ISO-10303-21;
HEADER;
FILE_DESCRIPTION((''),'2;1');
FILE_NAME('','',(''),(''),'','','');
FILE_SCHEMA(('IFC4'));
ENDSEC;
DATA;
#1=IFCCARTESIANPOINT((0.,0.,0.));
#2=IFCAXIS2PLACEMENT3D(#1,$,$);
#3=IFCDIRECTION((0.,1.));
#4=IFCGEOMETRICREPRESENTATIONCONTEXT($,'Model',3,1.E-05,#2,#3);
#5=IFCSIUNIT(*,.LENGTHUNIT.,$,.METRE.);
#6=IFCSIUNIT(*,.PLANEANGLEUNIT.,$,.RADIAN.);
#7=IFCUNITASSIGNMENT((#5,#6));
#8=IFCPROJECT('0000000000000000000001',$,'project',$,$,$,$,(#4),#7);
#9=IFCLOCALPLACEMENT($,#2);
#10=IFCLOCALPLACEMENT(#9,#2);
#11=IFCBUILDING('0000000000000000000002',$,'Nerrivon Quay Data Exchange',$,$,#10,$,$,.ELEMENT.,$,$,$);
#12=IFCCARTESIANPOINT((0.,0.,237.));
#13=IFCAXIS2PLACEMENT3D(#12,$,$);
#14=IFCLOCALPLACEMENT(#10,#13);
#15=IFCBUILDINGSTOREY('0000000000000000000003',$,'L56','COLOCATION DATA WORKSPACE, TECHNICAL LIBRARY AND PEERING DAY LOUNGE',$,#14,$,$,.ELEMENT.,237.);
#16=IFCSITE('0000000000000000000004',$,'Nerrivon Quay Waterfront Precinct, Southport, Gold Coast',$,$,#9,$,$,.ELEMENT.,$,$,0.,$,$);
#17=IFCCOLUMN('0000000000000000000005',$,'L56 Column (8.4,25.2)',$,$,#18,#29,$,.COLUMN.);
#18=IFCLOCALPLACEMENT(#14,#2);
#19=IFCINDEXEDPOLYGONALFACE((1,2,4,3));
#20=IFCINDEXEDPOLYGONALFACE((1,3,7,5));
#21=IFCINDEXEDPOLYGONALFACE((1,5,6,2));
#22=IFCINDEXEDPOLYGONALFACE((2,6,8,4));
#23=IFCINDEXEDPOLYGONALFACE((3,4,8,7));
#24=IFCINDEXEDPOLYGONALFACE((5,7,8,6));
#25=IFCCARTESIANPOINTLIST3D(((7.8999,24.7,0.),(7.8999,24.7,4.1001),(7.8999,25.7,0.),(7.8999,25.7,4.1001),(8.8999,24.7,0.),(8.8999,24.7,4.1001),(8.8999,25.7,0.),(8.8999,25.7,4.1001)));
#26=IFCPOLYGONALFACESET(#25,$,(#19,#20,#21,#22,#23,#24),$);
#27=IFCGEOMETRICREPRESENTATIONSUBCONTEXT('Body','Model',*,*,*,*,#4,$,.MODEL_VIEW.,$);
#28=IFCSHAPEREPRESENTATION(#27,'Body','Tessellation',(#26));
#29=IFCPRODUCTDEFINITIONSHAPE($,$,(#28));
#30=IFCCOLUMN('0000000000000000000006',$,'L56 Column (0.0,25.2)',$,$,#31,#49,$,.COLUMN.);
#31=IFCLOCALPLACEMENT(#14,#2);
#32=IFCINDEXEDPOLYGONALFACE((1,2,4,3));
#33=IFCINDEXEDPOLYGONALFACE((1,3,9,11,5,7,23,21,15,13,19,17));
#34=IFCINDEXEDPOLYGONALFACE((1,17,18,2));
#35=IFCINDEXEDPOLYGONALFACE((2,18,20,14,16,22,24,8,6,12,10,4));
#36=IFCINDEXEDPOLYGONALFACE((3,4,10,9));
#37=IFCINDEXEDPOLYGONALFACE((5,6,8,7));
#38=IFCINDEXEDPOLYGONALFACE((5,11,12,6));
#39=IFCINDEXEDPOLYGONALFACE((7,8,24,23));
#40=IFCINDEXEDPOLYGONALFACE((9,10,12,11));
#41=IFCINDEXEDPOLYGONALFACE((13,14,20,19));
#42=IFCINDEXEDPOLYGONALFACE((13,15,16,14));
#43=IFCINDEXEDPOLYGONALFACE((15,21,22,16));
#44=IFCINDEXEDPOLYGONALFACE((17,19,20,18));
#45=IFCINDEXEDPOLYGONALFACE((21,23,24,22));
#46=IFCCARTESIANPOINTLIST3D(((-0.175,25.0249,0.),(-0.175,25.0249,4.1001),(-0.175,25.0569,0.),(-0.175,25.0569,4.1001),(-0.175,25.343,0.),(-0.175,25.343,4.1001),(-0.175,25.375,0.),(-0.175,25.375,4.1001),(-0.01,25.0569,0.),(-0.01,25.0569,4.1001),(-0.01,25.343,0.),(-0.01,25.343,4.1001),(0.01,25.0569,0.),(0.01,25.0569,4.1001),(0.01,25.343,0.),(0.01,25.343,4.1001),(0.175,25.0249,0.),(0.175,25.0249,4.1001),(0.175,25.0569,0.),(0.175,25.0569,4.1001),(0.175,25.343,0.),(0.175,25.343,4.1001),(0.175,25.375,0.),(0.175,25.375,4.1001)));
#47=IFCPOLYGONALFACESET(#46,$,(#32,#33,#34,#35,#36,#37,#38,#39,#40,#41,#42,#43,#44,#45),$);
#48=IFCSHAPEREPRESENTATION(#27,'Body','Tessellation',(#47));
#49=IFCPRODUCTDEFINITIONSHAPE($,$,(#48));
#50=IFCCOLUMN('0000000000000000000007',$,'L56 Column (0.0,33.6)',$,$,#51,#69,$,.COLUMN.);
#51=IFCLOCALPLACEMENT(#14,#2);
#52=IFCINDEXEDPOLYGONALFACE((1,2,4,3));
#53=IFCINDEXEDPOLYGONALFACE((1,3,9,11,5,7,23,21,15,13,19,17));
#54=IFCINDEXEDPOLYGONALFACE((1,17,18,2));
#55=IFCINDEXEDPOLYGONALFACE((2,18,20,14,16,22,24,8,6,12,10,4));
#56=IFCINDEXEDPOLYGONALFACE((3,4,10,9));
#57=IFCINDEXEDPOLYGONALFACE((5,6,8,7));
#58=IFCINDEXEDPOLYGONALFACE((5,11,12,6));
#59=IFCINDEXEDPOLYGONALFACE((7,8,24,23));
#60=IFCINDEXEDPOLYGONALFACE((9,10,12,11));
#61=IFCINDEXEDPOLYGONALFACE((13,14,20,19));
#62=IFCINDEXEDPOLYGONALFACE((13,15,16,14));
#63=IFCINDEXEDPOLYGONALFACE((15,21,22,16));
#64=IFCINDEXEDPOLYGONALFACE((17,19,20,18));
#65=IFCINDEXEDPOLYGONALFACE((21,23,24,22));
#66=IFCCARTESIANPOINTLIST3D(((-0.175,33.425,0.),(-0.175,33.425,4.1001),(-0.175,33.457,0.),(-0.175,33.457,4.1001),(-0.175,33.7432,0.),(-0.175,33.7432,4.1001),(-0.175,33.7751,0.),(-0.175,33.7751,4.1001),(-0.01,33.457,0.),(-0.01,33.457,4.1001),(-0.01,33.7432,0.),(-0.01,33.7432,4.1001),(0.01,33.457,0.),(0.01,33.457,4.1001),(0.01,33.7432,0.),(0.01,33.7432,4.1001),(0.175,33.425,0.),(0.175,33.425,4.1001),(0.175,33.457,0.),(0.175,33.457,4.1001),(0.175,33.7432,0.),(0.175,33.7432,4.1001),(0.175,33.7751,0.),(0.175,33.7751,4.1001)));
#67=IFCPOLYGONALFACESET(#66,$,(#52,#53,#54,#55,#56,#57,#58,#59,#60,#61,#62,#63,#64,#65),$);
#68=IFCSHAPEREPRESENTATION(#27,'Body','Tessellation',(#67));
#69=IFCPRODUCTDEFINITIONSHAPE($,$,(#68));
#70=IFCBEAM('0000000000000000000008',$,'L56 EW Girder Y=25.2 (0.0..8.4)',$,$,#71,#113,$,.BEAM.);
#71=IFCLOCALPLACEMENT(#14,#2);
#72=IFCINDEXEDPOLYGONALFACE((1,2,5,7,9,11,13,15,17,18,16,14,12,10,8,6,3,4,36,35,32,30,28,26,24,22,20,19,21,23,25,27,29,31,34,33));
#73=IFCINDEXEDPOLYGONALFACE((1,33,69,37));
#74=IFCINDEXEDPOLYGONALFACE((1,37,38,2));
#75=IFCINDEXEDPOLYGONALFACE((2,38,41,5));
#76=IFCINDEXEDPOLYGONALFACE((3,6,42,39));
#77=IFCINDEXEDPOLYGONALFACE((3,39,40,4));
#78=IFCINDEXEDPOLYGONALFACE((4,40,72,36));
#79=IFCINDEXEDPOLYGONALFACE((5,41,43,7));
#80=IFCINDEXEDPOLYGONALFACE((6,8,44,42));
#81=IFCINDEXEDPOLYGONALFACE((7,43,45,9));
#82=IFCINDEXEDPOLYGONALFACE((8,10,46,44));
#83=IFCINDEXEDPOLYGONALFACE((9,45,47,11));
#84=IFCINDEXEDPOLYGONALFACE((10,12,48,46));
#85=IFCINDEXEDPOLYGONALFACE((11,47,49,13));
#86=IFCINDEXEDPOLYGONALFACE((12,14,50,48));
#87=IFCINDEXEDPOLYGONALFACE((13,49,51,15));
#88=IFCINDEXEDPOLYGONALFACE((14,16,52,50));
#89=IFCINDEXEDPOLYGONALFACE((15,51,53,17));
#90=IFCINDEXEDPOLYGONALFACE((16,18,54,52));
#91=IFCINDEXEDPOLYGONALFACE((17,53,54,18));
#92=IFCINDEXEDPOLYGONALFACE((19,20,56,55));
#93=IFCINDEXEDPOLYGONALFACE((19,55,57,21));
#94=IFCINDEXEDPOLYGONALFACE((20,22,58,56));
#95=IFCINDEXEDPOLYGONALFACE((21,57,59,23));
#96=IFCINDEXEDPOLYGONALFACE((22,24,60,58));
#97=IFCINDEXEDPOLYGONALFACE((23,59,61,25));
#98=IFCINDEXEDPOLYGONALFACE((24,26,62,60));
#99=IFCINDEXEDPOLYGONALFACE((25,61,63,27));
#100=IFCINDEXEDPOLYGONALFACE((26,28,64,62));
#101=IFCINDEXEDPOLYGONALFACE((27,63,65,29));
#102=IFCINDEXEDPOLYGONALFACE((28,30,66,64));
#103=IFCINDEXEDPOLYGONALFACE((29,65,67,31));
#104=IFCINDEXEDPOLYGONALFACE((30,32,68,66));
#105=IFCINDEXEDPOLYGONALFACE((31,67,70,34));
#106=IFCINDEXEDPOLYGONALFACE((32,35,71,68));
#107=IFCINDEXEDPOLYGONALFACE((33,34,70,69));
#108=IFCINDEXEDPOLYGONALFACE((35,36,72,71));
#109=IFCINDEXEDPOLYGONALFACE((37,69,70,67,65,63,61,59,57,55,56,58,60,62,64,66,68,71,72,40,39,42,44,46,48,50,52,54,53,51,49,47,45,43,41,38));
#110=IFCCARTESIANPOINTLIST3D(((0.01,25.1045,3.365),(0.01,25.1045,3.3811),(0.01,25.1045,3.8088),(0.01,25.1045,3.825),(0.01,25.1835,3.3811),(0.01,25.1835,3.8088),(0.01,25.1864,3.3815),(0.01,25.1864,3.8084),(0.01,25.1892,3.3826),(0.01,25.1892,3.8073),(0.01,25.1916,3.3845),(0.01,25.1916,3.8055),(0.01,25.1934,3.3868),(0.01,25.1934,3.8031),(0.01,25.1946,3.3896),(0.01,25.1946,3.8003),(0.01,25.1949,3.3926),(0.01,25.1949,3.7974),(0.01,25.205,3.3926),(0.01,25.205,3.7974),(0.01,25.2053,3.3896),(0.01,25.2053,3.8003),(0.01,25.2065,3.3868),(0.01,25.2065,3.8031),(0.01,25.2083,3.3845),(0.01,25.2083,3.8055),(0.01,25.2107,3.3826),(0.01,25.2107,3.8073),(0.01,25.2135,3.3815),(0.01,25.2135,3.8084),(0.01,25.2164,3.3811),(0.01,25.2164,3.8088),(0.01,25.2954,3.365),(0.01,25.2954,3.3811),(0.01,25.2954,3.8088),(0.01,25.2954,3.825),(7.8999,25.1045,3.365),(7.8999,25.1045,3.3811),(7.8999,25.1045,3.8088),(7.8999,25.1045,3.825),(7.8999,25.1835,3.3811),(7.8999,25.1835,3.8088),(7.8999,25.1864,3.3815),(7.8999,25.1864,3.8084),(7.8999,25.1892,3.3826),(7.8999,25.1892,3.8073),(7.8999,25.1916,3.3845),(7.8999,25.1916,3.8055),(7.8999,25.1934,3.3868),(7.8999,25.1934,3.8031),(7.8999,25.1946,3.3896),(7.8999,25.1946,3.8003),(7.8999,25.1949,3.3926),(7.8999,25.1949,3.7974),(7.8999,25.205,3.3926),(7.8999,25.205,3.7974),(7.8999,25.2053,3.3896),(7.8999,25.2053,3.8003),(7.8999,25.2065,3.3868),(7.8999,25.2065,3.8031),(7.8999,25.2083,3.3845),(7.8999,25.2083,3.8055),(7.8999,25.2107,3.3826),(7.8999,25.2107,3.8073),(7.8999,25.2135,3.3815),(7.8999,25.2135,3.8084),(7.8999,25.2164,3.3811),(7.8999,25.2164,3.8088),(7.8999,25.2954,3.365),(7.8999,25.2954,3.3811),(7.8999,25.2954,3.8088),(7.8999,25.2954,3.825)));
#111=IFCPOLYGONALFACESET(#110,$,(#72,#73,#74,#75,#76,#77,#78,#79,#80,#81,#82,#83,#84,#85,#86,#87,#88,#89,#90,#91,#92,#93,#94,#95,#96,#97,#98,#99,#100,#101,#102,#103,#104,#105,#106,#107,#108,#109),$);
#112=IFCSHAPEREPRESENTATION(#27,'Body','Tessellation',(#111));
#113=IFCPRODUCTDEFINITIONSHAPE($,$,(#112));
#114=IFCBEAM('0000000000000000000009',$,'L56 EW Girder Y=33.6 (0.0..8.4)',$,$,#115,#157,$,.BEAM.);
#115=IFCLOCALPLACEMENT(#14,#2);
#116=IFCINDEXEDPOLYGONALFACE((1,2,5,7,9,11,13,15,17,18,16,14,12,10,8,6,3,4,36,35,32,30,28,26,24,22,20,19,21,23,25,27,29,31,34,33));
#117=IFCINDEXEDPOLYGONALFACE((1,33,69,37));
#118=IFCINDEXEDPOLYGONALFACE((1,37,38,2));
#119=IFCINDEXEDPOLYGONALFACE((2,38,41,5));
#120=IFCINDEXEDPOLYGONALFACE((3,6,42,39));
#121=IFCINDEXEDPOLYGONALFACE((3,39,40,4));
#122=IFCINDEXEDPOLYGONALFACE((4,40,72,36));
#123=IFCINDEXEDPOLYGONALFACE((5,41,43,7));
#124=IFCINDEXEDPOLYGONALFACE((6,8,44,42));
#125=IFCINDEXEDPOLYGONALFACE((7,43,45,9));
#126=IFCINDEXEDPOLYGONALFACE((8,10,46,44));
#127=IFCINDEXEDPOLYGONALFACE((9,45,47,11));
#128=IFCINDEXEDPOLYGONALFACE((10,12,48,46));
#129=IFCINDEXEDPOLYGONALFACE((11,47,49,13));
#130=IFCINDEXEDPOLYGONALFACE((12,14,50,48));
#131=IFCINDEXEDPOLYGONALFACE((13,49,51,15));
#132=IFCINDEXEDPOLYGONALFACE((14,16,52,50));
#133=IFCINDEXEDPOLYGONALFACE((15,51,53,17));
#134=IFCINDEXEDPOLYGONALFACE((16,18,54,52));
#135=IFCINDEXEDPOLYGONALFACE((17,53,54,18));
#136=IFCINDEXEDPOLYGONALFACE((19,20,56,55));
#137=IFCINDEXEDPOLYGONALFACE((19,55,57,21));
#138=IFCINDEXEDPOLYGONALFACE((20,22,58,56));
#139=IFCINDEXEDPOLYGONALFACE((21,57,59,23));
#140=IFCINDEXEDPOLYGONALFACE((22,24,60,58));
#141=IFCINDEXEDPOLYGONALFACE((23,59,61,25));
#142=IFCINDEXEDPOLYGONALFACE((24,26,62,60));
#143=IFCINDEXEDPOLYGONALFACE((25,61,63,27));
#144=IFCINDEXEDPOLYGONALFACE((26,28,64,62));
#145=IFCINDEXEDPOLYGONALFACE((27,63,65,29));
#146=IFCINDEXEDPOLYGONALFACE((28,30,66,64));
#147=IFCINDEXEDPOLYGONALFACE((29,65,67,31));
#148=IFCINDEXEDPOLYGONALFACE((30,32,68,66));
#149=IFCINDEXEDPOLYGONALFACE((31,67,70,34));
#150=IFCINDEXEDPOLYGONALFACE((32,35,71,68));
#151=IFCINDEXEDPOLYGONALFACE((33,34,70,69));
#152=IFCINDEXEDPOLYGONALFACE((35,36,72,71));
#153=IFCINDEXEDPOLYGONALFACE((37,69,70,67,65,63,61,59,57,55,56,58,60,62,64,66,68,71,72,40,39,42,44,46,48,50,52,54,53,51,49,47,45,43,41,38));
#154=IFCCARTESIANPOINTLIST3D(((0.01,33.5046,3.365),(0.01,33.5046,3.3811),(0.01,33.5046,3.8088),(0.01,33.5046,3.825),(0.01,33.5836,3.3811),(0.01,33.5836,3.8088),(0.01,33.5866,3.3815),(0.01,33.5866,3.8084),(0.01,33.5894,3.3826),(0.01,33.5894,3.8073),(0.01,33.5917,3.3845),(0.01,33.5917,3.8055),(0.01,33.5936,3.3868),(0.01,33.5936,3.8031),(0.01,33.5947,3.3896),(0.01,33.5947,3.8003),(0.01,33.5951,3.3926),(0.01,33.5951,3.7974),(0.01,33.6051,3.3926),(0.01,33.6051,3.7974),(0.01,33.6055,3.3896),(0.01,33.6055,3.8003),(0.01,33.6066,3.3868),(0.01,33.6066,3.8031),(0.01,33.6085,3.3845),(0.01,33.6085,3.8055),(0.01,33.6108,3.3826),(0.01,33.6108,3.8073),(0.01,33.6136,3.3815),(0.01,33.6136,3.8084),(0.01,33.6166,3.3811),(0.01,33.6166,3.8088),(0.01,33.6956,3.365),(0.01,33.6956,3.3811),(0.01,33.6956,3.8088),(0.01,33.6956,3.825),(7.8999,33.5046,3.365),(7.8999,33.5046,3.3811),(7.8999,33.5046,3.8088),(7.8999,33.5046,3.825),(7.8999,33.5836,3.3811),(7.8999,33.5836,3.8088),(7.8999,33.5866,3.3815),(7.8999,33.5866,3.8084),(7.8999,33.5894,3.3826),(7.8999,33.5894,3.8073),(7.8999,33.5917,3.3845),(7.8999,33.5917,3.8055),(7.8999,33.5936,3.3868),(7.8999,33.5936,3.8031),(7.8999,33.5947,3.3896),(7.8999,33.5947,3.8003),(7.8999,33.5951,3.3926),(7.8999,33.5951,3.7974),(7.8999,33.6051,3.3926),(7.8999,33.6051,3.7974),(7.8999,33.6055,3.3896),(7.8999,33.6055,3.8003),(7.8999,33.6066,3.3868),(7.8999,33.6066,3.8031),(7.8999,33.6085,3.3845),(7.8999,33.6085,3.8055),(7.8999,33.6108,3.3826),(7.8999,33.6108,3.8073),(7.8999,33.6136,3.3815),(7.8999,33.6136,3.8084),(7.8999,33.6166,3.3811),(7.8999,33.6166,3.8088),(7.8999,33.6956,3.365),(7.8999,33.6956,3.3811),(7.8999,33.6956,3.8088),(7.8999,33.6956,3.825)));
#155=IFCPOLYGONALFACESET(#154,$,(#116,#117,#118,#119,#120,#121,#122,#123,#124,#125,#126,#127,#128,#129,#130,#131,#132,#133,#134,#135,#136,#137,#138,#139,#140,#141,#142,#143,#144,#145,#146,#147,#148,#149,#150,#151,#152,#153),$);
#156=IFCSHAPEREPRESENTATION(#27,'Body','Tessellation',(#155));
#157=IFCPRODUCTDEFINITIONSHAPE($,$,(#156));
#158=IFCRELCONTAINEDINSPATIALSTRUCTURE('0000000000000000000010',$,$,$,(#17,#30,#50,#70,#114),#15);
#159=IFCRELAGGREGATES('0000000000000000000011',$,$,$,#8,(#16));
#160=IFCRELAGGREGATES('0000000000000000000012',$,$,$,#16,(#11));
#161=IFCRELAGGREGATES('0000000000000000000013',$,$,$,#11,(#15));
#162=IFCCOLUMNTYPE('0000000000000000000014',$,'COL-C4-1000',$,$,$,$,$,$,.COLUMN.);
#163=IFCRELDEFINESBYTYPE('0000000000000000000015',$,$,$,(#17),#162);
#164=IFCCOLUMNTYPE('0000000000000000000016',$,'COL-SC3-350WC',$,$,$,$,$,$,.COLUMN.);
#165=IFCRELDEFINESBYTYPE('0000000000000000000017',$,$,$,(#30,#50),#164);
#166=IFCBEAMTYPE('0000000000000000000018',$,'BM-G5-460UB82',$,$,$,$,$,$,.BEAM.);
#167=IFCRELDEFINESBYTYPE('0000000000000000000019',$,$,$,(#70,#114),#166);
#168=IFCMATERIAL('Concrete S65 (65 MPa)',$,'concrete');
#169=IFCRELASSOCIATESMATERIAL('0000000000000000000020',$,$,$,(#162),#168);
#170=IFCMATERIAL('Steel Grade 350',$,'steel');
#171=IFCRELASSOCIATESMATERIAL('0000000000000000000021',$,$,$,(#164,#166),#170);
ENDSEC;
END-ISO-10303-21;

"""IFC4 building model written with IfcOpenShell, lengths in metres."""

from ifc_helpers import new_model, si_unit, direction, frame, origin, origin_2d, place, context, subcontext, project, spatial, rectangle, i_section, extrude, material, material_profile, profile_set, type_object, element, save


model = new_model("IFC4")

# Units and contexts
model_context = context("Model", 3, precision=1e-05, world=origin(), true_north=direction((0.0, 1.0)))
body_context = subcontext(model_context, "Body", "Model", "MODEL_VIEW")
ifc_project = project(units=[si_unit("LENGTHUNIT", "METRE"), si_unit("PLANEANGLEUNIT", "RADIAN")], contexts=[model_context])

# Site, building, storey
site_placement = place(None, origin())
site = spatial("IfcSite", under=ifc_project, at=site_placement, Name="Nerrivon Quay Waterfront Precinct, Southport, Gold Coast", CompositionType="ELEMENT", RefElevation=0.0)
building_placement = place(site_placement, origin())
building = spatial("IfcBuilding", under=site, at=building_placement, Name="Nerrivon Quay Data Exchange", CompositionType="ELEMENT")
storey_placement = place(building_placement, frame((0.0, 0.0, 237.0)))
storey = spatial("IfcBuildingStorey", under=building, at=storey_placement, Name="L56", Description="COLOCATION DATA WORKSPACE, TECHNICAL LIBRARY AND PEERING DAY LOUNGE", CompositionType="ELEMENT", Elevation=237.0)

# Columns
ifc_material_1 = material(Name="Concrete S65 (65 MPa)", Category="concrete")
ifc_material_profile_1 = material_profile(ifc_material_1, rectangle(XDim=1.0, YDim=1.0, at=origin_2d()), Name="RC-COL-1000x1000")
ifc_profile_set_1 = profile_set([ifc_material_profile_1], Name="Concrete S65 (65 MPa)")
column_type_1 = type_object("IfcColumnType", Name="COL-C4-1000", PredefinedType="COLUMN", material=ifc_profile_set_1)
column_placement = place(storey_placement, frame((8.3999, 25.2, 0.0), z_axis=(0.0, 0.0, 1.0), x_axis=(1.0, 0.0, 0.0)))
element("IfcColumn", 1, at=column_placement, inside=storey, type_object=column_type_1, Name="L56 Column (8.4,25.2)", PredefinedType="COLUMN", context=body_context, shape_type="SweptSolid", body=[
    extrude(rectangle(XDim=1.0, YDim=1.0, at=origin_2d()), origin(), (0.0, 0.0, 1.0), 4.1001),
])
ifc_material_2 = material(Name="Steel Grade 350", Category="steel")
ifc_material_profile_2 = material_profile(ifc_material_2, i_section(OverallWidth=0.3501, OverallDepth=0.3501, WebThickness=0.02, FlangeThickness=0.032, at=origin_2d()), Name="350WC230")
ifc_profile_set_2 = profile_set([ifc_material_profile_2], Name="Steel Grade 350")
column_type_2 = type_object("IfcColumnType", Name="COL-SC3-350WC", PredefinedType="COLUMN", material=ifc_profile_set_2)
for number, where, z_axis, x_axis, name in (
    (2, (0.0, 25.2, 0.0), (0.0, 0.0, 1.0), (1.0, 0.0, 0.0), "L56 Column (0.0,25.2)"),
    (3, (0.0, 33.6001, 0.0), (0.0, 0.0, 1.0), (1.0, 0.0, 0.0), "L56 Column (0.0,33.6)"),
):
    element("IfcColumn", number, at=place(storey_placement, frame(where, z_axis=z_axis, x_axis=x_axis)), inside=storey, type_object=column_type_2, Name=name, PredefinedType="COLUMN", context=body_context, shape_type="SweptSolid", body=[
        extrude(i_section(OverallWidth=0.3501, OverallDepth=0.3501, WebThickness=0.02, FlangeThickness=0.032, at=origin_2d()), origin(), (0.0, 0.0, 1.0), 4.1001),
    ])

# Beams
ifc_material_profile_3 = material_profile(ifc_material_2, i_section(OverallWidth=0.1909, OverallDepth=0.46, WebThickness=0.01, FlangeThickness=0.0161, FilletRadius=0.0115, at=origin_2d()), Name="460UB82.1")
ifc_profile_set_3 = profile_set([ifc_material_profile_3], Name="Steel Grade 350")
beam_type_1 = type_object("IfcBeamType", Name="BM-G5-460UB82", PredefinedType="BEAM", material=ifc_profile_set_3)
for number, where, z_axis, x_axis, name in (
    (4, (0.01, 25.2, 3.595), (1.0, 0.0, 0.0), (0.0, 1.0, 0.0), "L56 EW Girder Y=25.2 (0.0..8.4)"),
    (5, (0.01, 33.6001, 3.595), (1.0, 0.0, 0.0), (0.0, 1.0, 0.0), "L56 EW Girder Y=33.6 (0.0..8.4)"),
):
    element("IfcBeam", number, at=place(storey_placement, frame(where, z_axis=z_axis, x_axis=x_axis)), inside=storey, type_object=beam_type_1, Name=name, PredefinedType="BEAM", context=body_context, shape_type="SweptSolid", body=[
        extrude(i_section(OverallWidth=0.1909, OverallDepth=0.46, WebThickness=0.01, FlangeThickness=0.0161, FilletRadius=0.0115, at=origin_2d()), origin(), (0.0, 0.0, 1.0), 7.8899),
    ])

save(model, "model.ifc")
